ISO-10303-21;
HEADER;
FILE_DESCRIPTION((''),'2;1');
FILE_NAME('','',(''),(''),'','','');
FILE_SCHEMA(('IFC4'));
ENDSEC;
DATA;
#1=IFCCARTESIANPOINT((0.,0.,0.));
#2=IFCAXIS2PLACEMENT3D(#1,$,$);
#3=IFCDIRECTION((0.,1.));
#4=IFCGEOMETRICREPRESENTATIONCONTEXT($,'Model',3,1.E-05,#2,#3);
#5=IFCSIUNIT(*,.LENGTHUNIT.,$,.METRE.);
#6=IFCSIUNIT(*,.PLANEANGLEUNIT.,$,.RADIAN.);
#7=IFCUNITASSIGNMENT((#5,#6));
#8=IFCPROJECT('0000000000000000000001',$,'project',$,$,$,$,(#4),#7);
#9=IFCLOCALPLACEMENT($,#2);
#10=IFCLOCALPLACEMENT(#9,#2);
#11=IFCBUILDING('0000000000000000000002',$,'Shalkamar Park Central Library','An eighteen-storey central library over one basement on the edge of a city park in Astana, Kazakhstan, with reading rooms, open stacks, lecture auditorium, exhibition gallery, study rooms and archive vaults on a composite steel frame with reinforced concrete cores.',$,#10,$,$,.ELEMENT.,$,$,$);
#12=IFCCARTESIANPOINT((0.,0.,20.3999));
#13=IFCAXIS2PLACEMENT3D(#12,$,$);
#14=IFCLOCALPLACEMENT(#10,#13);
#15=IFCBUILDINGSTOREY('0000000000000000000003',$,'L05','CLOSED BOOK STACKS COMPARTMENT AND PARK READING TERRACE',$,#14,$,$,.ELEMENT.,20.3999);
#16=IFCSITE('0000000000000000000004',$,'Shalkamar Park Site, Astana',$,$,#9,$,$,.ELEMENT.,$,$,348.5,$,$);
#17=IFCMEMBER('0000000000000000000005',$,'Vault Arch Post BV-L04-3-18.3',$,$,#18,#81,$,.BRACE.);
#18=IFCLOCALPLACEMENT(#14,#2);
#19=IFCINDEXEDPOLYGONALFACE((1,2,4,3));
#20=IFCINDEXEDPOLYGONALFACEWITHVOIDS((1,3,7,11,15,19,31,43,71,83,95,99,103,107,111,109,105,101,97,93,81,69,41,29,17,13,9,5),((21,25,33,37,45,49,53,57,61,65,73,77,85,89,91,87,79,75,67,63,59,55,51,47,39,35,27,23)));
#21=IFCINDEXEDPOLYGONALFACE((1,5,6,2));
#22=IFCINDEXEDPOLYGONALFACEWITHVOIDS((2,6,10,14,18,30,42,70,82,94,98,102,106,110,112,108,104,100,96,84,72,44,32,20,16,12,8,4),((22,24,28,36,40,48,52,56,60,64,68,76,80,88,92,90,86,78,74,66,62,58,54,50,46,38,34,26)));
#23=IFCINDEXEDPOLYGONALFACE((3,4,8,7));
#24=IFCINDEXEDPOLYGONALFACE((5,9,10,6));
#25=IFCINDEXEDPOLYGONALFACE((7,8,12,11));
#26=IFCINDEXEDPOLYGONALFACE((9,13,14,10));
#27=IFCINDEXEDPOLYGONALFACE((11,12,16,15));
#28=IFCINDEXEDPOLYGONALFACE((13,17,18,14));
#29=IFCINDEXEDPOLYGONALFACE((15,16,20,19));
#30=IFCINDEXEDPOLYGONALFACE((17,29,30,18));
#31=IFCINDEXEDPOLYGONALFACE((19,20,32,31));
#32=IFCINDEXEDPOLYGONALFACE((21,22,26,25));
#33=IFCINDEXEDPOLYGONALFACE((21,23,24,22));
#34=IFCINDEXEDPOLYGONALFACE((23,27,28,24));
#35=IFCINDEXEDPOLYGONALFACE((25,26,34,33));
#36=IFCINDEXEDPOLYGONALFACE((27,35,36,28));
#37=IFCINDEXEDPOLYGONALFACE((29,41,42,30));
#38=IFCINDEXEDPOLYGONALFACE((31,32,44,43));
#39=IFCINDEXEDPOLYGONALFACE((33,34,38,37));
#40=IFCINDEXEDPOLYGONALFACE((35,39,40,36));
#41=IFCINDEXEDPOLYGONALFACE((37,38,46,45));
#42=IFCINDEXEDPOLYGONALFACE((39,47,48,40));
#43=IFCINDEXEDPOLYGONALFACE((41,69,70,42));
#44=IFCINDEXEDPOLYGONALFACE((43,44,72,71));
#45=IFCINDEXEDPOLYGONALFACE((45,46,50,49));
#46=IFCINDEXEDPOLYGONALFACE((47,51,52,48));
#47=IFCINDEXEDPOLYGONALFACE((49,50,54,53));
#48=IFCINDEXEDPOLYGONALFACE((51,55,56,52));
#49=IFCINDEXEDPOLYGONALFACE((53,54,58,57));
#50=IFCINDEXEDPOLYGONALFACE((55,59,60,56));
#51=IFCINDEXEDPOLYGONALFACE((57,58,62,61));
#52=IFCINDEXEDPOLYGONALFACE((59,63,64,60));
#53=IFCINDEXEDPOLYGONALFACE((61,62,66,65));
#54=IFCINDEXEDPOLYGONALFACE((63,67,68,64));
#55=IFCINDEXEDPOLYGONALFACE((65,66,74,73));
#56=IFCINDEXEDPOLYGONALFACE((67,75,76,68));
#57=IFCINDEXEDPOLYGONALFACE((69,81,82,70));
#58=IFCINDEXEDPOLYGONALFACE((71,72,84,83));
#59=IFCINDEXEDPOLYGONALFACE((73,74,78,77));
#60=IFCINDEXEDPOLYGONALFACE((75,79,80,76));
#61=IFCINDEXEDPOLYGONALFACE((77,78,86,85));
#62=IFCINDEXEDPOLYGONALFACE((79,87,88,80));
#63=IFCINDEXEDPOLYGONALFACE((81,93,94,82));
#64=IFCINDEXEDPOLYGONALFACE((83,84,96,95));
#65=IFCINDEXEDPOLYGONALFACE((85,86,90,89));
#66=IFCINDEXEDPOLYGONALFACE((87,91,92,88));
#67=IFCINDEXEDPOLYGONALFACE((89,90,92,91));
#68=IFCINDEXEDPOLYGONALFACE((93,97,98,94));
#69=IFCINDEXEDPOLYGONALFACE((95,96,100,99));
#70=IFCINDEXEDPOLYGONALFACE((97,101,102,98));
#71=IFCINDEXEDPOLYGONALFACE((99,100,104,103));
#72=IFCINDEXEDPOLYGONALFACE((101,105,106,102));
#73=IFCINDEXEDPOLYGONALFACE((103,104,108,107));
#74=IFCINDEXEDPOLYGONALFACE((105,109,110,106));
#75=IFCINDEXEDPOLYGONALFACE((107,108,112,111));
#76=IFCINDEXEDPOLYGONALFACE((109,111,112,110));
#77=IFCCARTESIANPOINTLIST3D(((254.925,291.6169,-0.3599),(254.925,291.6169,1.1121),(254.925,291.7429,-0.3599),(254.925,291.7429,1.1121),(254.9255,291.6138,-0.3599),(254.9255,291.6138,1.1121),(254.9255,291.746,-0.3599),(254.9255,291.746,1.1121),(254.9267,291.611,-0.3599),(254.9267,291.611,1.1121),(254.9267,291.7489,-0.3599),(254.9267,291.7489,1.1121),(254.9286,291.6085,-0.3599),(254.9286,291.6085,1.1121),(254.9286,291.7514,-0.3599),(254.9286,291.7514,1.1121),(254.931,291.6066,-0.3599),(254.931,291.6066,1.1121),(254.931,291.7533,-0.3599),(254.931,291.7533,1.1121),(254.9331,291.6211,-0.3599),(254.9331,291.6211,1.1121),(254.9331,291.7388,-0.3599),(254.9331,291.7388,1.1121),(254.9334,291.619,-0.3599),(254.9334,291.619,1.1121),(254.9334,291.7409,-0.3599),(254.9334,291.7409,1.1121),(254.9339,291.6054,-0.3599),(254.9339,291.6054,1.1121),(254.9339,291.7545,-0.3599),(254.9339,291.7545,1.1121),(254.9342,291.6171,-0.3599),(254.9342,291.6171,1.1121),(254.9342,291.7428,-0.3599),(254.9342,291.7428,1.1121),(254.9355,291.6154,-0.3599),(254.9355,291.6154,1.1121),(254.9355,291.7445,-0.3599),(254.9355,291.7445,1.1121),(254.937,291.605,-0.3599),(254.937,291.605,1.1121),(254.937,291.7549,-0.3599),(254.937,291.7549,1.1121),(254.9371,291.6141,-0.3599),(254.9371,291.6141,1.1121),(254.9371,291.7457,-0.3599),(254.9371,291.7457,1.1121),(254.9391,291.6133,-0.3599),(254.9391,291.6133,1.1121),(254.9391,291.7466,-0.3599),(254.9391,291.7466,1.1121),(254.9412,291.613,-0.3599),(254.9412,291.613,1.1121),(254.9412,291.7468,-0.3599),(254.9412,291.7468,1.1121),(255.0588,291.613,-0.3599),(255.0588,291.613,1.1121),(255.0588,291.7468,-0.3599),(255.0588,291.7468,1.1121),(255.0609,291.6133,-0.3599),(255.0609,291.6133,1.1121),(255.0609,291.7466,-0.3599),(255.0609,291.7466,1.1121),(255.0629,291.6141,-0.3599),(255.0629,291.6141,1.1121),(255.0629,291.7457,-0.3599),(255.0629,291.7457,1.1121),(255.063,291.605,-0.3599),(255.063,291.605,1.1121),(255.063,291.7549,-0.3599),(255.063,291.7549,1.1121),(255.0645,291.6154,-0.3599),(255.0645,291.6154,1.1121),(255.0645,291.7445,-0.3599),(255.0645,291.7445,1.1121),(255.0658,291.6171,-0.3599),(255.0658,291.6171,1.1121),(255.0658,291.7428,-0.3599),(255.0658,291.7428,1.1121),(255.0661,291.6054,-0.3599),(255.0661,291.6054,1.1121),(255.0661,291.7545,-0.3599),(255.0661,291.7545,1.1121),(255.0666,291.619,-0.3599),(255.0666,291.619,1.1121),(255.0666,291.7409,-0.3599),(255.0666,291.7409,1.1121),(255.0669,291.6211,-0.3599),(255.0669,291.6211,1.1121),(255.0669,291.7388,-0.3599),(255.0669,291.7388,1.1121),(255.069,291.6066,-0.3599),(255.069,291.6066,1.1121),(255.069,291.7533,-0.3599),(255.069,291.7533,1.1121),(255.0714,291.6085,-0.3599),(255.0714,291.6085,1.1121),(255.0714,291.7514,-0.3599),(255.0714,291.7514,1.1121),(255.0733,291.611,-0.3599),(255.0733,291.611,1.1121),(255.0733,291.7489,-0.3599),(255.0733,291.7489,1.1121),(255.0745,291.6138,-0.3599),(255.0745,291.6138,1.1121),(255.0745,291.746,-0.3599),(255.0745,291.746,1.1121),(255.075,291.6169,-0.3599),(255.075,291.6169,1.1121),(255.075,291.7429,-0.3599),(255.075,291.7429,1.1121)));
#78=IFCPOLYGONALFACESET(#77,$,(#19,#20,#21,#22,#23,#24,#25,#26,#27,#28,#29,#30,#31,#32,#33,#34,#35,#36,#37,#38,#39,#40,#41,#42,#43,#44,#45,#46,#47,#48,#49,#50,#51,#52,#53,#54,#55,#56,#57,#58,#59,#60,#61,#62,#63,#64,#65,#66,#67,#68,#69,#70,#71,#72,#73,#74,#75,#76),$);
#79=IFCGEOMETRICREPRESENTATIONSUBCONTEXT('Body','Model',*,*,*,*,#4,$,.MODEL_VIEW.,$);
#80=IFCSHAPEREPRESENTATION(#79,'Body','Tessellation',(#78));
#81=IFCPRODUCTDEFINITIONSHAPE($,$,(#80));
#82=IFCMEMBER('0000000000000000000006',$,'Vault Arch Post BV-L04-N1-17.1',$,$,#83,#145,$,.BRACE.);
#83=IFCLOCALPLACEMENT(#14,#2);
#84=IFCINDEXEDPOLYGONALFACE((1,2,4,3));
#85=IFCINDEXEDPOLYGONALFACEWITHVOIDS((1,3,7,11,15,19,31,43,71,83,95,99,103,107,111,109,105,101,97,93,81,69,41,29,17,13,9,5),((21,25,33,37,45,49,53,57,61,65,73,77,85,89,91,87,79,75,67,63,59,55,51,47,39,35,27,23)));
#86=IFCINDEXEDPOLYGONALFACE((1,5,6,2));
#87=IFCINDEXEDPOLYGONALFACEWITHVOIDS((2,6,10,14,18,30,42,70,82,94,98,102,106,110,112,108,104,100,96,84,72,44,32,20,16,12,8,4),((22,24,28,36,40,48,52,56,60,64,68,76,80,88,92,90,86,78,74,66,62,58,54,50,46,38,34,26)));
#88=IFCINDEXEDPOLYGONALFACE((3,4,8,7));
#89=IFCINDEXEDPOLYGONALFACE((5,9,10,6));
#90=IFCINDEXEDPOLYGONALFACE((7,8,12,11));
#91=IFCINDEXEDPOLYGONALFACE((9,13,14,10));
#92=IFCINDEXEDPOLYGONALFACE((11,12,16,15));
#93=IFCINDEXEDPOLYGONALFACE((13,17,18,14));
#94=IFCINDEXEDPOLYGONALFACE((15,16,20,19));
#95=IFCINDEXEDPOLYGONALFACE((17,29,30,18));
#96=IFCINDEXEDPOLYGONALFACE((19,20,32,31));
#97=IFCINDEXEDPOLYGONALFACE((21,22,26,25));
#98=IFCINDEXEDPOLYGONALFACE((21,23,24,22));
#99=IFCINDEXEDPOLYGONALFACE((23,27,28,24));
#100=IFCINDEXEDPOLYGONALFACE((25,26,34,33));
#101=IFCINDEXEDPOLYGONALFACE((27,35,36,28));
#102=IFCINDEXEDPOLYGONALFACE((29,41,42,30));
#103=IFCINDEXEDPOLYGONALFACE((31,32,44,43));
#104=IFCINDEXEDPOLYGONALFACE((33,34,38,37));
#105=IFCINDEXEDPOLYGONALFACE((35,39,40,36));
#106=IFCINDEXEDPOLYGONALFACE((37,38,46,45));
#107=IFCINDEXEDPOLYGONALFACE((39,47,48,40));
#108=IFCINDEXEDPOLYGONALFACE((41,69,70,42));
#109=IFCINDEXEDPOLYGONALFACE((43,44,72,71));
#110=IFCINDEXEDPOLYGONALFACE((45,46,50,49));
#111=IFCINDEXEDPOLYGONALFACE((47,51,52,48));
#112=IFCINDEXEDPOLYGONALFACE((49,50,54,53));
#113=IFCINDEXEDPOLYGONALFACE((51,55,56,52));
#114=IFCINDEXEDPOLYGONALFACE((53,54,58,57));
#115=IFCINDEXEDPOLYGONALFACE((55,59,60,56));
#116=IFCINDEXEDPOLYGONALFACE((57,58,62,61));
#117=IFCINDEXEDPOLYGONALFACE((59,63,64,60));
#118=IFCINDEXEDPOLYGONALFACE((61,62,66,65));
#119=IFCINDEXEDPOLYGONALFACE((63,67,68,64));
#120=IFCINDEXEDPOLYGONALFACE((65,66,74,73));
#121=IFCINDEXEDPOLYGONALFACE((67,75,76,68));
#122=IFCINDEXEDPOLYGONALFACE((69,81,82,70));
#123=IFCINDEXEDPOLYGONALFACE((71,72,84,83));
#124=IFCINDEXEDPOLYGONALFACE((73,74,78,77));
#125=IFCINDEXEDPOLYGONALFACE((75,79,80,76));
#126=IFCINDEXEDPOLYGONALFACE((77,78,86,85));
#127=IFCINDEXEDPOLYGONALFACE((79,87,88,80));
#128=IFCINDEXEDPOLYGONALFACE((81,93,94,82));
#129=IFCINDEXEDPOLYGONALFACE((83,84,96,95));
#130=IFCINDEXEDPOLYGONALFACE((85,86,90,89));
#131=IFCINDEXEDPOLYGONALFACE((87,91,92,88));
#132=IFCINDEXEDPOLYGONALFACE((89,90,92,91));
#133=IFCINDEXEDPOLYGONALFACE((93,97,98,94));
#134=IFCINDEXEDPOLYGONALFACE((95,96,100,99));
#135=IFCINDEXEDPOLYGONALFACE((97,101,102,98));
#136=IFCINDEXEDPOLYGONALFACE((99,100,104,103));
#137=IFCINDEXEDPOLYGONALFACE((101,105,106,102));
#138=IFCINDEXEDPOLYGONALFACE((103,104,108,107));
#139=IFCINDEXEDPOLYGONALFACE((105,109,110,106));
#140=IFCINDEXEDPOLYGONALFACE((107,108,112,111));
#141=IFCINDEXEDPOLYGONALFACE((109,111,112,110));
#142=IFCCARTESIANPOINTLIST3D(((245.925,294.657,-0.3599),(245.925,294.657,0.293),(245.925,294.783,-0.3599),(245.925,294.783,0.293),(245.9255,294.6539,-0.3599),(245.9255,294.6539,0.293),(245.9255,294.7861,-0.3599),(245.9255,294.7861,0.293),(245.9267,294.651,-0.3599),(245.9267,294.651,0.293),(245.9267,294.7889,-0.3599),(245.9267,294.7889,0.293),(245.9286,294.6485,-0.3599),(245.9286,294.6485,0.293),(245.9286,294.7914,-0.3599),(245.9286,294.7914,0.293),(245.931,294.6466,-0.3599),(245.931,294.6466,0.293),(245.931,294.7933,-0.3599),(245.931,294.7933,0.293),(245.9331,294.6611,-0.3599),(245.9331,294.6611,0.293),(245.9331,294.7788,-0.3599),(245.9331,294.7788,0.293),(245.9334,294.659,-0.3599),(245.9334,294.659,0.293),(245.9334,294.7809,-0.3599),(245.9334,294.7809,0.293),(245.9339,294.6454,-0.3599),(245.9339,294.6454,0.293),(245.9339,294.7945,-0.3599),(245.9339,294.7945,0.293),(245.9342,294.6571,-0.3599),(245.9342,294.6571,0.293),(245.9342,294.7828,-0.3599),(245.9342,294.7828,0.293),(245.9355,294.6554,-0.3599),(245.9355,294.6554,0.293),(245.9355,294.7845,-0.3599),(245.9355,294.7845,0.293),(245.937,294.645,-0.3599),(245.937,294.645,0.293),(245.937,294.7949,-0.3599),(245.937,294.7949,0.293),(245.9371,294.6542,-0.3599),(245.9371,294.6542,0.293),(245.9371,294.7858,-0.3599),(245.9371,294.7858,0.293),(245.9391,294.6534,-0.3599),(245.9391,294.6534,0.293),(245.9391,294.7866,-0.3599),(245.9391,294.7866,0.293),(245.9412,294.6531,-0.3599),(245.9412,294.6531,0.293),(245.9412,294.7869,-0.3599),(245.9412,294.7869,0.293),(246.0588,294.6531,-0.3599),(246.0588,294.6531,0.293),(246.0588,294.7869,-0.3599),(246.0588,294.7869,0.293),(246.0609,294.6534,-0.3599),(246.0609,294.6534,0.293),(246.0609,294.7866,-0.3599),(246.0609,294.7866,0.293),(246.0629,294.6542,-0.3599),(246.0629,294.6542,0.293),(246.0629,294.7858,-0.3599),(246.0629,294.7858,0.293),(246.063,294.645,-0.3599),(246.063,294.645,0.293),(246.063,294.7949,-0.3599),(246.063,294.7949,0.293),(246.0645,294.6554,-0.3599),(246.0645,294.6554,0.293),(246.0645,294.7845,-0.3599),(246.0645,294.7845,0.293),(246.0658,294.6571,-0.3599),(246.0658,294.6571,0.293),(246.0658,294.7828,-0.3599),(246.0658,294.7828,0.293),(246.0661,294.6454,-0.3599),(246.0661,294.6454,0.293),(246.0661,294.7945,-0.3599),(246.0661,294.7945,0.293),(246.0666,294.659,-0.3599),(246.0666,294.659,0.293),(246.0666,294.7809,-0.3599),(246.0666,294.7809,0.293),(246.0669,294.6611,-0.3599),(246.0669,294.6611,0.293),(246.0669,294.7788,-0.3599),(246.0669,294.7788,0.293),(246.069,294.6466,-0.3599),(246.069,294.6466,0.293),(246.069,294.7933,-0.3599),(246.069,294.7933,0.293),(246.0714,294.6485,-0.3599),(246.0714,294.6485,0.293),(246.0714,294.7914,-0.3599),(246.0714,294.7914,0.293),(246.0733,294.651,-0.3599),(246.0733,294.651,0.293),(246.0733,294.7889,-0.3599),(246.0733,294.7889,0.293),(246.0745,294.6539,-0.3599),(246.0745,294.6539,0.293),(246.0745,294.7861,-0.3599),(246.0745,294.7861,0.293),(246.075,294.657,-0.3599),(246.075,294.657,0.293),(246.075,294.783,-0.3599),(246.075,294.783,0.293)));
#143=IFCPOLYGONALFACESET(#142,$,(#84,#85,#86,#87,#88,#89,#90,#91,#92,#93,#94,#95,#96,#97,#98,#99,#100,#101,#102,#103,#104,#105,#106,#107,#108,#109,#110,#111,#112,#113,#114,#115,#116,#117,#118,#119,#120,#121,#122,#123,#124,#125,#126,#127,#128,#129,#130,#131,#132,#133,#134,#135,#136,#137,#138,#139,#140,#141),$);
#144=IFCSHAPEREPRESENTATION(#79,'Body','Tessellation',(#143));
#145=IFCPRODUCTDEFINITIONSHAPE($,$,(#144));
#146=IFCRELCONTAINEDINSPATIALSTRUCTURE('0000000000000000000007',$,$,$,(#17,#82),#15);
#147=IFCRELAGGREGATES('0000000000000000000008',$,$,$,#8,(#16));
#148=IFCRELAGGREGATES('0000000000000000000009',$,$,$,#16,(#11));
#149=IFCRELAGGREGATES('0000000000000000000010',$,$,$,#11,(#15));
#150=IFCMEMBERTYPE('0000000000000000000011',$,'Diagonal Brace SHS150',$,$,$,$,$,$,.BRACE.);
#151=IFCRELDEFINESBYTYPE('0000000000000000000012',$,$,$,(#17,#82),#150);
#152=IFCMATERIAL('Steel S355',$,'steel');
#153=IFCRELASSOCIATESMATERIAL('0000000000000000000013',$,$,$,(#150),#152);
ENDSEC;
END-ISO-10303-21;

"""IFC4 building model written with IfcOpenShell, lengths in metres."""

from ifc_helpers import new_model, si_unit, direction, frame, origin, origin_2d, place, context, subcontext, project, spatial, hollow_rectangle, extrude, material, material_profile, profile_set, type_object, element, save


model = new_model("IFC4")

# Units and contexts
model_context = context("Model", 3, precision=1e-05, world=origin(), true_north=direction((0.0, 1.0)))
body_context = subcontext(model_context, "Body", "Model", "MODEL_VIEW")
ifc_project = project(units=[si_unit("LENGTHUNIT", "METRE"), si_unit("PLANEANGLEUNIT", "RADIAN")], contexts=[model_context])

# Site, building, storey
site_placement = place(None, origin())
site = spatial("IfcSite", under=ifc_project, at=site_placement, Name="Shalkamar Park Site, Astana", CompositionType="ELEMENT", RefElevation=348.5)
building_placement = place(site_placement, origin())
building = spatial("IfcBuilding", under=site, at=building_placement, Name="Shalkamar Park Central Library", Description="An eighteen-storey central library over one basement on the edge of a city park in Astana, Kazakhstan, with reading rooms, open stacks, lecture auditorium, exhibition gallery, study rooms and archive vaults on a composite steel frame with reinforced concrete cores.", CompositionType="ELEMENT")
storey_placement = place(building_placement, frame((0.0, 0.0, 20.3999)))
storey = spatial("IfcBuildingStorey", under=building, at=storey_placement, Name="L05", Description="CLOSED BOOK STACKS COMPARTMENT AND PARK READING TERRACE", CompositionType="ELEMENT", Elevation=20.3999)

# Members
ifc_material = material(Name="Steel S355", Category="steel")
ifc_material_profile_1 = material_profile(ifc_material, hollow_rectangle(XDim=0.1499, YDim=0.1499, WallThickness=0.0081, InnerFilletRadius=0.0081, OuterFilletRadius=0.012, at=origin_2d()), Name="SHS 150x150x8")
ifc_profile_set_1 = profile_set([ifc_material_profile_1], Name="Steel S355")
member_type_1 = type_object("IfcMemberType", Name="Diagonal Brace SHS150", PredefinedType="BRACE", material=ifc_profile_set_1)
member_1_placement = place(storey_placement, frame((255.0, 291.6799, -0.3599), z_axis=(0.0, 0.0, 1.0), x_axis=(1.0, 0.0, 0.0)))
element("IfcMember", 1, at=member_1_placement, inside=storey, type_object=member_type_1, Name="Vault Arch Post BV-L04-3-18.3", PredefinedType="BRACE", context=body_context, shape_type="SweptSolid", body=[
    extrude(hollow_rectangle(XDim=0.1499, YDim=0.1499, WallThickness=0.0081, InnerFilletRadius=0.0081, OuterFilletRadius=0.012, at=origin_2d()), origin(), (0.0, 0.0, 1.0), 1.4719),
])
member_2_placement = place(storey_placement, frame((246.0, 294.72, -0.3599), z_axis=(0.0, 0.0, 1.0), x_axis=(1.0, 0.0, 0.0)))
element("IfcMember", 2, at=member_2_placement, inside=storey, type_object=member_type_1, Name="Vault Arch Post BV-L04-N1-17.1", PredefinedType="BRACE", context=body_context, shape_type="SweptSolid", body=[
    extrude(hollow_rectangle(XDim=0.1499, YDim=0.1499, WallThickness=0.0081, InnerFilletRadius=0.0081, OuterFilletRadius=0.012, at=origin_2d()), origin(), (0.0, 0.0, 1.0), 0.6528),
])

save(model, "model.ifc")
